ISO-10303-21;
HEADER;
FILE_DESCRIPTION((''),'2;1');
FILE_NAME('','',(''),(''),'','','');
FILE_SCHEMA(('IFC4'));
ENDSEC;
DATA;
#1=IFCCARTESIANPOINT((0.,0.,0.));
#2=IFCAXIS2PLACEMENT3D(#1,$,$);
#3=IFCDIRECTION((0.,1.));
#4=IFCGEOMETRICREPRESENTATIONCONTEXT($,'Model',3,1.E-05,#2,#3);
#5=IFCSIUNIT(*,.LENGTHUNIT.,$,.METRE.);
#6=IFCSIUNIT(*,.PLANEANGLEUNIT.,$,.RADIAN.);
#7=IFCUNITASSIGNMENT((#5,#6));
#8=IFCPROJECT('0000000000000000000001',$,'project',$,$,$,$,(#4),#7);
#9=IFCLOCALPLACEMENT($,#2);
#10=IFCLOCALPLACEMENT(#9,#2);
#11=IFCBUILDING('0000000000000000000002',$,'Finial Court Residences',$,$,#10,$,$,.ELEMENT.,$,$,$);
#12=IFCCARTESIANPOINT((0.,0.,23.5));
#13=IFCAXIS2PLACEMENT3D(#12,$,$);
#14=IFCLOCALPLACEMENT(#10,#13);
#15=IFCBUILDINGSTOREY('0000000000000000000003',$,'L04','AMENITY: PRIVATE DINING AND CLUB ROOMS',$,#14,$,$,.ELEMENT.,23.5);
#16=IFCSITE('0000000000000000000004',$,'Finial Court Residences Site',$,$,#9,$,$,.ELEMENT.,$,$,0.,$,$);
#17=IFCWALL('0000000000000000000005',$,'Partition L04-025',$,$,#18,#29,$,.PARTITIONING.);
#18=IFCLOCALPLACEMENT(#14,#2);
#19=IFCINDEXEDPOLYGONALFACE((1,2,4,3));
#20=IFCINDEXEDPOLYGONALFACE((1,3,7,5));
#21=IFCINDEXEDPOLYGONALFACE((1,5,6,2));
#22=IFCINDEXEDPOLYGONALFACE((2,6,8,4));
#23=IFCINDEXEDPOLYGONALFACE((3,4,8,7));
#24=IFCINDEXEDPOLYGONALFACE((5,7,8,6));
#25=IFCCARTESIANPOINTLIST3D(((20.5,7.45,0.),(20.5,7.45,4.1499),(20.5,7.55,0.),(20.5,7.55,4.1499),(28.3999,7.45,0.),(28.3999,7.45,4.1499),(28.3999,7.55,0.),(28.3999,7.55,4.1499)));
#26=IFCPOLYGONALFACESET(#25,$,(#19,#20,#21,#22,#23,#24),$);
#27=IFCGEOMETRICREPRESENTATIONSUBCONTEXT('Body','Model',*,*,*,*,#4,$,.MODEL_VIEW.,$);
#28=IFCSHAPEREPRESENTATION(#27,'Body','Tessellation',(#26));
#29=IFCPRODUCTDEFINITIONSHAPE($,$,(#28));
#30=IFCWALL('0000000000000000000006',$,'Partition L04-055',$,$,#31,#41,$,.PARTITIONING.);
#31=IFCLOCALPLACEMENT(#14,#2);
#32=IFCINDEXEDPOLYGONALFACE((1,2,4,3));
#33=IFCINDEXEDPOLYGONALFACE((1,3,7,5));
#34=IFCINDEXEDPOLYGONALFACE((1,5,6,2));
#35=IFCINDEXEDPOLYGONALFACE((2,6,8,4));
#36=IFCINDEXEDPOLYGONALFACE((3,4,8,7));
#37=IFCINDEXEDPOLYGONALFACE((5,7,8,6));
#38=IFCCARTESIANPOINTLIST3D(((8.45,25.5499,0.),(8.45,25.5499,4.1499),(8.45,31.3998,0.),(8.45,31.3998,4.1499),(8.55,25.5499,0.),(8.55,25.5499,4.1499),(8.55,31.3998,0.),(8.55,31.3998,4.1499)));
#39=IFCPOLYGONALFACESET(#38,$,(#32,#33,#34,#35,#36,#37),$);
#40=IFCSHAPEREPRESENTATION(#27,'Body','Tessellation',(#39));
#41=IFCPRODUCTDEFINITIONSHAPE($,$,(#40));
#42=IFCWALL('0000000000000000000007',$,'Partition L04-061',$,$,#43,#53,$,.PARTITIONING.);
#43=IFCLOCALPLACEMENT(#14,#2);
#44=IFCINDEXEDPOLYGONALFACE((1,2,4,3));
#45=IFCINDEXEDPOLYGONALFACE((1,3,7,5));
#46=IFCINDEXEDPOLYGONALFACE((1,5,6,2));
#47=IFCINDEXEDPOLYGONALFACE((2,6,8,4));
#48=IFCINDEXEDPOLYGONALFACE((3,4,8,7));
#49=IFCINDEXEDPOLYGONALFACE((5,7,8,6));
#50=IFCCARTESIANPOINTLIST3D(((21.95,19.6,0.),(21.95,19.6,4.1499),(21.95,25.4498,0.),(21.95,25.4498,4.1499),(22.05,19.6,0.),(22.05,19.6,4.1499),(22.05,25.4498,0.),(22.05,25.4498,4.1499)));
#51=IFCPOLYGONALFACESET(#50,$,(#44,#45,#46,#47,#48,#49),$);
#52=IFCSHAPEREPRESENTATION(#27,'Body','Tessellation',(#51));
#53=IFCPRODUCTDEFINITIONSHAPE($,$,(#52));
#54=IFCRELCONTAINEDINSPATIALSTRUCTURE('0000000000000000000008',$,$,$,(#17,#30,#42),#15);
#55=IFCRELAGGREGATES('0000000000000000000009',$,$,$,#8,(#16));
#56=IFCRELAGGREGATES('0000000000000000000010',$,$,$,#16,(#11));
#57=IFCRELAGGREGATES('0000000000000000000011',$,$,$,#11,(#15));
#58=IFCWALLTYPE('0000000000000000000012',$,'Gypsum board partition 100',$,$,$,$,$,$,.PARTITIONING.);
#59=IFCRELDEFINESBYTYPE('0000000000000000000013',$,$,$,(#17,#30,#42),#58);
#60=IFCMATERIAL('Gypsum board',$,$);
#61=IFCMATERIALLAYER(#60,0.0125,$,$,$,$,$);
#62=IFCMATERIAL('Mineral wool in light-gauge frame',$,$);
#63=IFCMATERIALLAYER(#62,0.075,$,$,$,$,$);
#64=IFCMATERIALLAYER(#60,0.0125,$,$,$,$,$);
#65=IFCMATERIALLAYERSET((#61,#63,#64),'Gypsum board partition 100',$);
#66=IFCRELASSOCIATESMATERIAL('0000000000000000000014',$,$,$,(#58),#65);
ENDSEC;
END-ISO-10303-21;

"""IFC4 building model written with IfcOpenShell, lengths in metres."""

from ifc_helpers import new_model, si_unit, direction, frame, frame_2d, origin, place, context, subcontext, project, spatial, rectangle, extrude, material, layer, layer_set, type_object, element, save


model = new_model("IFC4")

# Units and contexts
model_context = context("Model", 3, precision=1e-05, world=origin(), true_north=direction((0.0, 1.0)))
body_context = subcontext(model_context, "Body", "Model", "MODEL_VIEW")
ifc_project = project(units=[si_unit("LENGTHUNIT", "METRE"), si_unit("PLANEANGLEUNIT", "RADIAN")], contexts=[model_context])

# Site, building, storey
site_placement = place(None, origin())
site = spatial("IfcSite", under=ifc_project, at=site_placement, Name="Finial Court Residences Site", CompositionType="ELEMENT", RefElevation=0.0)
building_placement = place(site_placement, origin())
building = spatial("IfcBuilding", under=site, at=building_placement, Name="Finial Court Residences", CompositionType="ELEMENT")
storey_placement = place(building_placement, frame((0.0, 0.0, 23.5)))
storey = spatial("IfcBuildingStorey", under=building, at=storey_placement, Name="L04", Description="AMENITY: PRIVATE DINING AND CLUB ROOMS", CompositionType="ELEMENT", Elevation=23.5)

# Shared definitions
ifc_material_1 = material(Name="Gypsum board")

# Walls
ifc_layer_1 = layer(ifc_material_1, 0.0125)
ifc_material_2 = material(Name="Mineral wool in light-gauge frame")
ifc_layer_2 = layer(ifc_material_2, 0.075)
ifc_layer_3 = layer(ifc_material_1, 0.0125)
ifc_layer_set_1 = layer_set([ifc_layer_1, ifc_layer_2, ifc_layer_3], Name="Gypsum board partition 100")
wall_type_1 = type_object("IfcWallType", Name="Gypsum board partition 100", PredefinedType="PARTITIONING", material=ifc_layer_set_1)
wall_1_placement = place(storey_placement, frame((20.5, 7.5, 0.0), z_axis=(0.0, 0.0, 1.0), x_axis=(1.0, 0.0, 0.0)))
element("IfcWall", 1, at=wall_1_placement, inside=storey, type_object=wall_type_1, Name="Partition L04-025", PredefinedType="PARTITIONING", context=body_context, shape_type="SweptSolid", body=[
    extrude(rectangle(XDim=7.8999, YDim=0.1001, at=frame_2d((3.95, 0.0))), origin(), (0.0, 0.0, 1.0), 4.1499),
])
for number, where, z_axis, x_axis, name in (
    (2, (8.5, 25.55, 0.0), (0.0, 0.0, 1.0), (0.0, 1.0, 0.0), "Partition L04-055"),
    (3, (22.0, 19.6001, 0.0), (0.0, 0.0, 1.0), (0.0, 1.0, 0.0), "Partition L04-061"),
):
    element("IfcWall", number, at=place(storey_placement, frame(where, z_axis=z_axis, x_axis=x_axis)), inside=storey, type_object=wall_type_1, Name=name, PredefinedType="PARTITIONING", context=body_context, shape_type="SweptSolid", body=[
        extrude(rectangle(XDim=5.8499, YDim=0.1001, at=frame_2d((2.9248, 0.0))), origin(), (0.0, 0.0, 1.0), 4.1499),
    ])

save(model, "model.ifc")
